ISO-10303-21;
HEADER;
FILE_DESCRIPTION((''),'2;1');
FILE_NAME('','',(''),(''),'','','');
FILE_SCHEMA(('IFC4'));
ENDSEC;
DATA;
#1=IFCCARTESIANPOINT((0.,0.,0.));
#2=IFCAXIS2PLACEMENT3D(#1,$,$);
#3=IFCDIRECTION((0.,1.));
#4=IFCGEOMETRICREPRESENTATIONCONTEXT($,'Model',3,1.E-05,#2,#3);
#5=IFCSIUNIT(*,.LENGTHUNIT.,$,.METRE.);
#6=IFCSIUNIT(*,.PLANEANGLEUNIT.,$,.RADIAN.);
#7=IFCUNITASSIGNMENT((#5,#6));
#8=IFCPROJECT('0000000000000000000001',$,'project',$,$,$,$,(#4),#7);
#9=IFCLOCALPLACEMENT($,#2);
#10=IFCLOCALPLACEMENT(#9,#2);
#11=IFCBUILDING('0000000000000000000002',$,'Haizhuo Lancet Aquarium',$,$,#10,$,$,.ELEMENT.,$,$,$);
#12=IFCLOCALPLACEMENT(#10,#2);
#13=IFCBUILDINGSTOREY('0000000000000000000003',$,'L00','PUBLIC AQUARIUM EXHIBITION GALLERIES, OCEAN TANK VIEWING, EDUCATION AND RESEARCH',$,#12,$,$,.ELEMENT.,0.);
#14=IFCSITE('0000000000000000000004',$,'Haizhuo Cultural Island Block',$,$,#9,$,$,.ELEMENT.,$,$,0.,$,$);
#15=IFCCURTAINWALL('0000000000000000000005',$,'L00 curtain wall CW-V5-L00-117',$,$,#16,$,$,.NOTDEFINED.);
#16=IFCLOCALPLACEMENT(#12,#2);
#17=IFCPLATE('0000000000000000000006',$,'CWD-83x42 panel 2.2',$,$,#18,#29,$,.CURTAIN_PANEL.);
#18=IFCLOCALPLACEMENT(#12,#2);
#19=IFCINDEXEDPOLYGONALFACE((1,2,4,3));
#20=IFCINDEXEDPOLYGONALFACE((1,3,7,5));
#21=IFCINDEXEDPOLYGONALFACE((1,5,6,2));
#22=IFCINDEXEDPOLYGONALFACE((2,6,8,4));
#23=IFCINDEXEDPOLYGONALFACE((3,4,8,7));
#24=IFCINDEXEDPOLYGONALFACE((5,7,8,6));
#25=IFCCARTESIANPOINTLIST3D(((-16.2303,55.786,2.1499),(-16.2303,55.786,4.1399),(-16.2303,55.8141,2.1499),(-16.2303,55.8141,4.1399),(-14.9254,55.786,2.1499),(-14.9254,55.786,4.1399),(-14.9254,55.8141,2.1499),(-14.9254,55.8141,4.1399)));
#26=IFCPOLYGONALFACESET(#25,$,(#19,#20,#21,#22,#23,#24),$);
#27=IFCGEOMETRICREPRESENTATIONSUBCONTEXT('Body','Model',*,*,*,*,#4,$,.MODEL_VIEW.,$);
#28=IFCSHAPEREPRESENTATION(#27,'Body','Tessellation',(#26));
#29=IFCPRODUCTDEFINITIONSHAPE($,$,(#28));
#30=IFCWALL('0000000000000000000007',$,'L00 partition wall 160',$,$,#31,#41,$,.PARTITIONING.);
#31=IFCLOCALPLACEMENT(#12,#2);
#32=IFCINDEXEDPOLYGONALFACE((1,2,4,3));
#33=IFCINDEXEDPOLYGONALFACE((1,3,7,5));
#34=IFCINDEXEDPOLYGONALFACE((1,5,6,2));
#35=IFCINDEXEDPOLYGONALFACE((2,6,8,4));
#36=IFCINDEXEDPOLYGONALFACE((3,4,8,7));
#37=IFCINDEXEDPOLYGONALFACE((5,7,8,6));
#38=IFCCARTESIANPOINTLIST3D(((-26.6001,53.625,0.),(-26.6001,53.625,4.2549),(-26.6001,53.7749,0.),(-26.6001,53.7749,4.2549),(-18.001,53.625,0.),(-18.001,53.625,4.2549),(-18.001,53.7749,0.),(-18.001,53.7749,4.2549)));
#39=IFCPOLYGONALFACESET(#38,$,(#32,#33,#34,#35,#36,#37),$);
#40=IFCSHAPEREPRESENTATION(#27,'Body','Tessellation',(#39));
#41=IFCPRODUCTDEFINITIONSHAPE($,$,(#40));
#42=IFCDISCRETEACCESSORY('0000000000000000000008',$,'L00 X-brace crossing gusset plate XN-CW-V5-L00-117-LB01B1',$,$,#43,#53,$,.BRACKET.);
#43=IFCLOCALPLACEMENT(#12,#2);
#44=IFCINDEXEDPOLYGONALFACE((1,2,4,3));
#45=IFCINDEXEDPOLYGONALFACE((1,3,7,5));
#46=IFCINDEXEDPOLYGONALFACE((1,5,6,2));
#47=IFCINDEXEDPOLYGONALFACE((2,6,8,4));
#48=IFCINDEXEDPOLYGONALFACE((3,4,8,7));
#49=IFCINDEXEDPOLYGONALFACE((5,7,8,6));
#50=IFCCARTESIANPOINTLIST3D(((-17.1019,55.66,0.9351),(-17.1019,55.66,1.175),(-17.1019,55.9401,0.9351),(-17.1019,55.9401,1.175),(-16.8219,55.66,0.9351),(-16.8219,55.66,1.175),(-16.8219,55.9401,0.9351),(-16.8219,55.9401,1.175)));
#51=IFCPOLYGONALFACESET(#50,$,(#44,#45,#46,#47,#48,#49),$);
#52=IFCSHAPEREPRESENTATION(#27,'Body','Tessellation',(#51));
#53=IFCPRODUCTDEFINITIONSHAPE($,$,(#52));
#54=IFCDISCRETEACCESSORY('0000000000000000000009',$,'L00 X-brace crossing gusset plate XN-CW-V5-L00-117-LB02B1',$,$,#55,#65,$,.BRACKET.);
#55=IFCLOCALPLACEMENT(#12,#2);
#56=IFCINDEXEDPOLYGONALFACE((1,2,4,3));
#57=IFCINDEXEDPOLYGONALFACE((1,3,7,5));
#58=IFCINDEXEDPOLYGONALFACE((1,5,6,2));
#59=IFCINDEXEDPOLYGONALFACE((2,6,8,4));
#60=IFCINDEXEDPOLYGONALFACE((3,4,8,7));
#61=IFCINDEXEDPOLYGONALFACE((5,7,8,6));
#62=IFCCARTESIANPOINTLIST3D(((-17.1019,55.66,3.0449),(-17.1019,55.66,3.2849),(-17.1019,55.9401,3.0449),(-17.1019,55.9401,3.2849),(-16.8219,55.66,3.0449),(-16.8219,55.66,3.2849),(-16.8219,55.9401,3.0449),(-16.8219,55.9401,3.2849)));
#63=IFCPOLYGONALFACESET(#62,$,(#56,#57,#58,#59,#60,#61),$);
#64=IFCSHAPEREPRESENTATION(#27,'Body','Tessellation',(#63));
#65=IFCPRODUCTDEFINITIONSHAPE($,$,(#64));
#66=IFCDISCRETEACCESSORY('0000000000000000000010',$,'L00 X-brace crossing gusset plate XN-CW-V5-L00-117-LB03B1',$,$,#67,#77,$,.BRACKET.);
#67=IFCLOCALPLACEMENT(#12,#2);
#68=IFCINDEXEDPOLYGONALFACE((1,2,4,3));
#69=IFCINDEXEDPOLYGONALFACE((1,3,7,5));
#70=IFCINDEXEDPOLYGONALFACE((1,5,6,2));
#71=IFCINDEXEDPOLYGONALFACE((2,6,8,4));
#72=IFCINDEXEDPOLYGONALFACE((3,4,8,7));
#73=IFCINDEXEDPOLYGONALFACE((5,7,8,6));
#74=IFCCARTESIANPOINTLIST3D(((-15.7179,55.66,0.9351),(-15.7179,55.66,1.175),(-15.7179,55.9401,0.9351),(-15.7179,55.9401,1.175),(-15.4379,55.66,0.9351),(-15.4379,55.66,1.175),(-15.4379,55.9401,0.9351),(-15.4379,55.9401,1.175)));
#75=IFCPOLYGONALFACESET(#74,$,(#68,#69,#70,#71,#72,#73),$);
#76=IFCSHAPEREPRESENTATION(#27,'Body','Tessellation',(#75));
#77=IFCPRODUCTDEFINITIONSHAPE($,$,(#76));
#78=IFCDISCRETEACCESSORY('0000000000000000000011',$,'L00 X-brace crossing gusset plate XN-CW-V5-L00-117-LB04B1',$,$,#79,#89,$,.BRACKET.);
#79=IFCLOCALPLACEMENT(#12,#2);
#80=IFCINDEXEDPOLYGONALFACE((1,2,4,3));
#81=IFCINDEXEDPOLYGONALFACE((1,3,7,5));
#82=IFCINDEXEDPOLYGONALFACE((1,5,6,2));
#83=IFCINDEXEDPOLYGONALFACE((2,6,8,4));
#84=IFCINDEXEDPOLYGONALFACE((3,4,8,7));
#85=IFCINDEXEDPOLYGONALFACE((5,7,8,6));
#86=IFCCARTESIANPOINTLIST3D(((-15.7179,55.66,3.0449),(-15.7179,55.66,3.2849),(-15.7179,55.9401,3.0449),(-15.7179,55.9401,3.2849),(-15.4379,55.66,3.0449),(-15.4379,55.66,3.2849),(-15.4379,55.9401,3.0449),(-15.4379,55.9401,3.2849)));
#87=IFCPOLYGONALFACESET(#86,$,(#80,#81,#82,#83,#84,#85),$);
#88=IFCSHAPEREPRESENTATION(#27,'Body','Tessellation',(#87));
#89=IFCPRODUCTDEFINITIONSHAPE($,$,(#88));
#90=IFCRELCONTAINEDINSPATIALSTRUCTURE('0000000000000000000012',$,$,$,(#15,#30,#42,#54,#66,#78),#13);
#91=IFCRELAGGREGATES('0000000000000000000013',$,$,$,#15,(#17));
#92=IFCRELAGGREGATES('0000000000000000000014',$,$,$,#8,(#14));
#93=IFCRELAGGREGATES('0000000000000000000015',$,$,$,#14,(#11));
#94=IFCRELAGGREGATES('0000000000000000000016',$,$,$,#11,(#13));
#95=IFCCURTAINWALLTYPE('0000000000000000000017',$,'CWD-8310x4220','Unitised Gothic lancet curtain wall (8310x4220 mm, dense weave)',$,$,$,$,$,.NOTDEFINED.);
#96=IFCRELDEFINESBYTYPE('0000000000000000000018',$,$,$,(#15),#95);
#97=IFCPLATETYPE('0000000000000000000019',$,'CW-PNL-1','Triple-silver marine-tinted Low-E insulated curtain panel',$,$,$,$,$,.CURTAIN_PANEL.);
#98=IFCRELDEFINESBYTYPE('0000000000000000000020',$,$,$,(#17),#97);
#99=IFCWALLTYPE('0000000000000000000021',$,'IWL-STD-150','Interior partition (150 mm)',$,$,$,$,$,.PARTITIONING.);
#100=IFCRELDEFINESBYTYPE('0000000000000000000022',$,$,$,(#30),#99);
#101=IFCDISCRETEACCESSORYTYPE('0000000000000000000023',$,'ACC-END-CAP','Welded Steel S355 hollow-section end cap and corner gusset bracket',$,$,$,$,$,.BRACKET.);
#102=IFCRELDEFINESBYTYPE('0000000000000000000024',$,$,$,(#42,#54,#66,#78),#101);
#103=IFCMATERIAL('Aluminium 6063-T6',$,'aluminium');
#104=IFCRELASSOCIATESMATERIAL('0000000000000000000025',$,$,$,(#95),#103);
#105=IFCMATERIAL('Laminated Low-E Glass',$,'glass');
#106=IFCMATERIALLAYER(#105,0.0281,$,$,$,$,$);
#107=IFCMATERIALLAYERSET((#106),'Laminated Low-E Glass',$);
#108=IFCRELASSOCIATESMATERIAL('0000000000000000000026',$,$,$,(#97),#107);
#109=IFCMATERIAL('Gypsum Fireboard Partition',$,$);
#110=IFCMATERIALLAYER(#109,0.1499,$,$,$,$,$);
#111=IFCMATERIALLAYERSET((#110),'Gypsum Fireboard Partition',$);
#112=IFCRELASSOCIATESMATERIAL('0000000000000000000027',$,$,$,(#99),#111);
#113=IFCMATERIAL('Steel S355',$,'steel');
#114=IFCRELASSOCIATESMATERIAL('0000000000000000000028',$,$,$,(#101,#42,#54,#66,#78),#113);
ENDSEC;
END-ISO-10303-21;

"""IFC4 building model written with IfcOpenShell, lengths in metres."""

from ifc_helpers import new_model, si_unit, direction, frame, frame_2d, origin, origin_2d, place, context, subcontext, project, spatial, rectangle, extrude, material, layer, layer_set, type_object, element, aggregate, save


model = new_model("IFC4")

# Units and contexts
model_context = context("Model", 3, precision=1e-05, world=origin(), true_north=direction((0.0, 1.0)))
body_context = subcontext(model_context, "Body", "Model", "MODEL_VIEW")
ifc_project = project(units=[si_unit("LENGTHUNIT", "METRE"), si_unit("PLANEANGLEUNIT", "RADIAN")], contexts=[model_context])

# Site, building, storey
site_placement = place(None, origin())
site = spatial("IfcSite", under=ifc_project, at=site_placement, Name="Haizhuo Cultural Island Block", CompositionType="ELEMENT", RefElevation=0.0)
building_placement = place(site_placement, origin())
building = spatial("IfcBuilding", under=site, at=building_placement, Name="Haizhuo Lancet Aquarium", CompositionType="ELEMENT")
storey_placement = place(building_placement, origin())
storey = spatial("IfcBuildingStorey", under=building, at=storey_placement, Name="L00", Description="PUBLIC AQUARIUM EXHIBITION GALLERIES, OCEAN TANK VIEWING, EDUCATION AND RESEARCH", CompositionType="ELEMENT", Elevation=0.0)

# Shared definitions
ifc_material_1 = material(Name="Aluminium 6063-T6", Category="aluminium")

# Curtain wall
curtain_wall_type_1 = type_object("IfcCurtainWallType", Name="CWD-8310x4220", Description="Unitised Gothic lancet curtain wall (8310x4220 mm, dense weave)", PredefinedType="NOTDEFINED", material=ifc_material_1)
curtain_wall_1_placement = place(storey_placement, origin())
curtain_wall_1 = element("IfcCurtainWall", 1, at=curtain_wall_1_placement, inside=storey, type_object=curtain_wall_type_1, Name="L00 curtain wall CW-V5-L00-117", PredefinedType="NOTDEFINED")

# Shared definitions
ifc_material_2 = material(Name="Steel S355", Category="steel")

# Plate
ifc_material_3 = material(Name="Laminated Low-E Glass", Category="glass")
ifc_layer_1 = layer(ifc_material_3, 0.0281)
ifc_layer_set_1 = layer_set([ifc_layer_1], Name="Laminated Low-E Glass")
plate_type = type_object("IfcPlateType", Name="CW-PNL-1", Description="Triple-silver marine-tinted Low-E insulated curtain panel", PredefinedType="CURTAIN_PANEL", material=ifc_layer_set_1)
plate_1_placement = place(storey_placement, frame((-15.5779, 55.8, 2.1499), z_axis=(0.0, 0.0, 1.0), x_axis=(1.0, 0.0, 0.0)))
plate_1 = element("IfcPlate", 2, at=plate_1_placement, type_object=plate_type, Name="CWD-83x42 panel 2.2", PredefinedType="CURTAIN_PANEL", context=body_context, shape_type="SweptSolid", body=[
    extrude(rectangle(XDim=1.3049, YDim=0.0281, at=origin_2d()), origin(), (0.0, 0.0, 1.0), 1.99),
])
aggregate(curtain_wall_1, [plate_1])

# Wall
ifc_material_4 = material(Name="Gypsum Fireboard Partition")
ifc_layer_2 = layer(ifc_material_4, 0.1499)
ifc_layer_set_2 = layer_set([ifc_layer_2], Name="Gypsum Fireboard Partition")
wall_type = type_object("IfcWallType", Name="IWL-STD-150", Description="Interior partition (150 mm)", PredefinedType="PARTITIONING", material=ifc_layer_set_2)
wall_placement = place(storey_placement, frame((-18.001, 53.7, 0.0), z_axis=(0.0, 0.0, 1.0), x_axis=(-1.0, 0.0, 0.0)))
element("IfcWall", 3, at=wall_placement, inside=storey, type_object=wall_type, Name="L00 partition wall 160", PredefinedType="PARTITIONING", context=body_context, shape_type="SweptSolid", body=[
    extrude(rectangle(XDim=8.5991, YDim=0.1499, at=frame_2d((4.2996, 0.0))), origin(), (0.0, 0.0, 1.0), 4.2549),
])

# Discrete accessories
discrete_accessory_type = type_object("IfcDiscreteAccessoryType", Name="ACC-END-CAP", Description="Welded Steel S355 hollow-section end cap and corner gusset bracket", PredefinedType="BRACKET", material=ifc_material_2)
for number, where, z_axis, x_axis, name in (
    (4, (-16.9619, 55.8, 0.9351), (0.0, 0.0, 1.0), (1.0, 0.0, 0.0), "L00 X-brace crossing gusset plate XN-CW-V5-L00-117-LB01B1"),
    (5, (-16.9619, 55.8, 3.0449), (0.0, 0.0, 1.0), (1.0, 0.0, 0.0), "L00 X-brace crossing gusset plate XN-CW-V5-L00-117-LB02B1"),
    (6, (-15.5779, 55.8, 0.9351), (0.0, 0.0, 1.0), (1.0, 0.0, 0.0), "L00 X-brace crossing gusset plate XN-CW-V5-L00-117-LB03B1"),
    (7, (-15.5779, 55.8, 3.0449), (0.0, 0.0, 1.0), (1.0, 0.0, 0.0), "L00 X-brace crossing gusset plate XN-CW-V5-L00-117-LB04B1"),
):
    element("IfcDiscreteAccessory", number, at=place(storey_placement, frame(where, z_axis=z_axis, x_axis=x_axis)), inside=storey, type_object=discrete_accessory_type, material=ifc_material_2, Name=name, PredefinedType="BRACKET", context=body_context, shape_type="SweptSolid", body=[
        extrude(rectangle(XDim=0.28, YDim=0.28, at=origin_2d()), origin(), (0.0, 0.0, 1.0), 0.24),
    ])

save(model, "model.ifc")
